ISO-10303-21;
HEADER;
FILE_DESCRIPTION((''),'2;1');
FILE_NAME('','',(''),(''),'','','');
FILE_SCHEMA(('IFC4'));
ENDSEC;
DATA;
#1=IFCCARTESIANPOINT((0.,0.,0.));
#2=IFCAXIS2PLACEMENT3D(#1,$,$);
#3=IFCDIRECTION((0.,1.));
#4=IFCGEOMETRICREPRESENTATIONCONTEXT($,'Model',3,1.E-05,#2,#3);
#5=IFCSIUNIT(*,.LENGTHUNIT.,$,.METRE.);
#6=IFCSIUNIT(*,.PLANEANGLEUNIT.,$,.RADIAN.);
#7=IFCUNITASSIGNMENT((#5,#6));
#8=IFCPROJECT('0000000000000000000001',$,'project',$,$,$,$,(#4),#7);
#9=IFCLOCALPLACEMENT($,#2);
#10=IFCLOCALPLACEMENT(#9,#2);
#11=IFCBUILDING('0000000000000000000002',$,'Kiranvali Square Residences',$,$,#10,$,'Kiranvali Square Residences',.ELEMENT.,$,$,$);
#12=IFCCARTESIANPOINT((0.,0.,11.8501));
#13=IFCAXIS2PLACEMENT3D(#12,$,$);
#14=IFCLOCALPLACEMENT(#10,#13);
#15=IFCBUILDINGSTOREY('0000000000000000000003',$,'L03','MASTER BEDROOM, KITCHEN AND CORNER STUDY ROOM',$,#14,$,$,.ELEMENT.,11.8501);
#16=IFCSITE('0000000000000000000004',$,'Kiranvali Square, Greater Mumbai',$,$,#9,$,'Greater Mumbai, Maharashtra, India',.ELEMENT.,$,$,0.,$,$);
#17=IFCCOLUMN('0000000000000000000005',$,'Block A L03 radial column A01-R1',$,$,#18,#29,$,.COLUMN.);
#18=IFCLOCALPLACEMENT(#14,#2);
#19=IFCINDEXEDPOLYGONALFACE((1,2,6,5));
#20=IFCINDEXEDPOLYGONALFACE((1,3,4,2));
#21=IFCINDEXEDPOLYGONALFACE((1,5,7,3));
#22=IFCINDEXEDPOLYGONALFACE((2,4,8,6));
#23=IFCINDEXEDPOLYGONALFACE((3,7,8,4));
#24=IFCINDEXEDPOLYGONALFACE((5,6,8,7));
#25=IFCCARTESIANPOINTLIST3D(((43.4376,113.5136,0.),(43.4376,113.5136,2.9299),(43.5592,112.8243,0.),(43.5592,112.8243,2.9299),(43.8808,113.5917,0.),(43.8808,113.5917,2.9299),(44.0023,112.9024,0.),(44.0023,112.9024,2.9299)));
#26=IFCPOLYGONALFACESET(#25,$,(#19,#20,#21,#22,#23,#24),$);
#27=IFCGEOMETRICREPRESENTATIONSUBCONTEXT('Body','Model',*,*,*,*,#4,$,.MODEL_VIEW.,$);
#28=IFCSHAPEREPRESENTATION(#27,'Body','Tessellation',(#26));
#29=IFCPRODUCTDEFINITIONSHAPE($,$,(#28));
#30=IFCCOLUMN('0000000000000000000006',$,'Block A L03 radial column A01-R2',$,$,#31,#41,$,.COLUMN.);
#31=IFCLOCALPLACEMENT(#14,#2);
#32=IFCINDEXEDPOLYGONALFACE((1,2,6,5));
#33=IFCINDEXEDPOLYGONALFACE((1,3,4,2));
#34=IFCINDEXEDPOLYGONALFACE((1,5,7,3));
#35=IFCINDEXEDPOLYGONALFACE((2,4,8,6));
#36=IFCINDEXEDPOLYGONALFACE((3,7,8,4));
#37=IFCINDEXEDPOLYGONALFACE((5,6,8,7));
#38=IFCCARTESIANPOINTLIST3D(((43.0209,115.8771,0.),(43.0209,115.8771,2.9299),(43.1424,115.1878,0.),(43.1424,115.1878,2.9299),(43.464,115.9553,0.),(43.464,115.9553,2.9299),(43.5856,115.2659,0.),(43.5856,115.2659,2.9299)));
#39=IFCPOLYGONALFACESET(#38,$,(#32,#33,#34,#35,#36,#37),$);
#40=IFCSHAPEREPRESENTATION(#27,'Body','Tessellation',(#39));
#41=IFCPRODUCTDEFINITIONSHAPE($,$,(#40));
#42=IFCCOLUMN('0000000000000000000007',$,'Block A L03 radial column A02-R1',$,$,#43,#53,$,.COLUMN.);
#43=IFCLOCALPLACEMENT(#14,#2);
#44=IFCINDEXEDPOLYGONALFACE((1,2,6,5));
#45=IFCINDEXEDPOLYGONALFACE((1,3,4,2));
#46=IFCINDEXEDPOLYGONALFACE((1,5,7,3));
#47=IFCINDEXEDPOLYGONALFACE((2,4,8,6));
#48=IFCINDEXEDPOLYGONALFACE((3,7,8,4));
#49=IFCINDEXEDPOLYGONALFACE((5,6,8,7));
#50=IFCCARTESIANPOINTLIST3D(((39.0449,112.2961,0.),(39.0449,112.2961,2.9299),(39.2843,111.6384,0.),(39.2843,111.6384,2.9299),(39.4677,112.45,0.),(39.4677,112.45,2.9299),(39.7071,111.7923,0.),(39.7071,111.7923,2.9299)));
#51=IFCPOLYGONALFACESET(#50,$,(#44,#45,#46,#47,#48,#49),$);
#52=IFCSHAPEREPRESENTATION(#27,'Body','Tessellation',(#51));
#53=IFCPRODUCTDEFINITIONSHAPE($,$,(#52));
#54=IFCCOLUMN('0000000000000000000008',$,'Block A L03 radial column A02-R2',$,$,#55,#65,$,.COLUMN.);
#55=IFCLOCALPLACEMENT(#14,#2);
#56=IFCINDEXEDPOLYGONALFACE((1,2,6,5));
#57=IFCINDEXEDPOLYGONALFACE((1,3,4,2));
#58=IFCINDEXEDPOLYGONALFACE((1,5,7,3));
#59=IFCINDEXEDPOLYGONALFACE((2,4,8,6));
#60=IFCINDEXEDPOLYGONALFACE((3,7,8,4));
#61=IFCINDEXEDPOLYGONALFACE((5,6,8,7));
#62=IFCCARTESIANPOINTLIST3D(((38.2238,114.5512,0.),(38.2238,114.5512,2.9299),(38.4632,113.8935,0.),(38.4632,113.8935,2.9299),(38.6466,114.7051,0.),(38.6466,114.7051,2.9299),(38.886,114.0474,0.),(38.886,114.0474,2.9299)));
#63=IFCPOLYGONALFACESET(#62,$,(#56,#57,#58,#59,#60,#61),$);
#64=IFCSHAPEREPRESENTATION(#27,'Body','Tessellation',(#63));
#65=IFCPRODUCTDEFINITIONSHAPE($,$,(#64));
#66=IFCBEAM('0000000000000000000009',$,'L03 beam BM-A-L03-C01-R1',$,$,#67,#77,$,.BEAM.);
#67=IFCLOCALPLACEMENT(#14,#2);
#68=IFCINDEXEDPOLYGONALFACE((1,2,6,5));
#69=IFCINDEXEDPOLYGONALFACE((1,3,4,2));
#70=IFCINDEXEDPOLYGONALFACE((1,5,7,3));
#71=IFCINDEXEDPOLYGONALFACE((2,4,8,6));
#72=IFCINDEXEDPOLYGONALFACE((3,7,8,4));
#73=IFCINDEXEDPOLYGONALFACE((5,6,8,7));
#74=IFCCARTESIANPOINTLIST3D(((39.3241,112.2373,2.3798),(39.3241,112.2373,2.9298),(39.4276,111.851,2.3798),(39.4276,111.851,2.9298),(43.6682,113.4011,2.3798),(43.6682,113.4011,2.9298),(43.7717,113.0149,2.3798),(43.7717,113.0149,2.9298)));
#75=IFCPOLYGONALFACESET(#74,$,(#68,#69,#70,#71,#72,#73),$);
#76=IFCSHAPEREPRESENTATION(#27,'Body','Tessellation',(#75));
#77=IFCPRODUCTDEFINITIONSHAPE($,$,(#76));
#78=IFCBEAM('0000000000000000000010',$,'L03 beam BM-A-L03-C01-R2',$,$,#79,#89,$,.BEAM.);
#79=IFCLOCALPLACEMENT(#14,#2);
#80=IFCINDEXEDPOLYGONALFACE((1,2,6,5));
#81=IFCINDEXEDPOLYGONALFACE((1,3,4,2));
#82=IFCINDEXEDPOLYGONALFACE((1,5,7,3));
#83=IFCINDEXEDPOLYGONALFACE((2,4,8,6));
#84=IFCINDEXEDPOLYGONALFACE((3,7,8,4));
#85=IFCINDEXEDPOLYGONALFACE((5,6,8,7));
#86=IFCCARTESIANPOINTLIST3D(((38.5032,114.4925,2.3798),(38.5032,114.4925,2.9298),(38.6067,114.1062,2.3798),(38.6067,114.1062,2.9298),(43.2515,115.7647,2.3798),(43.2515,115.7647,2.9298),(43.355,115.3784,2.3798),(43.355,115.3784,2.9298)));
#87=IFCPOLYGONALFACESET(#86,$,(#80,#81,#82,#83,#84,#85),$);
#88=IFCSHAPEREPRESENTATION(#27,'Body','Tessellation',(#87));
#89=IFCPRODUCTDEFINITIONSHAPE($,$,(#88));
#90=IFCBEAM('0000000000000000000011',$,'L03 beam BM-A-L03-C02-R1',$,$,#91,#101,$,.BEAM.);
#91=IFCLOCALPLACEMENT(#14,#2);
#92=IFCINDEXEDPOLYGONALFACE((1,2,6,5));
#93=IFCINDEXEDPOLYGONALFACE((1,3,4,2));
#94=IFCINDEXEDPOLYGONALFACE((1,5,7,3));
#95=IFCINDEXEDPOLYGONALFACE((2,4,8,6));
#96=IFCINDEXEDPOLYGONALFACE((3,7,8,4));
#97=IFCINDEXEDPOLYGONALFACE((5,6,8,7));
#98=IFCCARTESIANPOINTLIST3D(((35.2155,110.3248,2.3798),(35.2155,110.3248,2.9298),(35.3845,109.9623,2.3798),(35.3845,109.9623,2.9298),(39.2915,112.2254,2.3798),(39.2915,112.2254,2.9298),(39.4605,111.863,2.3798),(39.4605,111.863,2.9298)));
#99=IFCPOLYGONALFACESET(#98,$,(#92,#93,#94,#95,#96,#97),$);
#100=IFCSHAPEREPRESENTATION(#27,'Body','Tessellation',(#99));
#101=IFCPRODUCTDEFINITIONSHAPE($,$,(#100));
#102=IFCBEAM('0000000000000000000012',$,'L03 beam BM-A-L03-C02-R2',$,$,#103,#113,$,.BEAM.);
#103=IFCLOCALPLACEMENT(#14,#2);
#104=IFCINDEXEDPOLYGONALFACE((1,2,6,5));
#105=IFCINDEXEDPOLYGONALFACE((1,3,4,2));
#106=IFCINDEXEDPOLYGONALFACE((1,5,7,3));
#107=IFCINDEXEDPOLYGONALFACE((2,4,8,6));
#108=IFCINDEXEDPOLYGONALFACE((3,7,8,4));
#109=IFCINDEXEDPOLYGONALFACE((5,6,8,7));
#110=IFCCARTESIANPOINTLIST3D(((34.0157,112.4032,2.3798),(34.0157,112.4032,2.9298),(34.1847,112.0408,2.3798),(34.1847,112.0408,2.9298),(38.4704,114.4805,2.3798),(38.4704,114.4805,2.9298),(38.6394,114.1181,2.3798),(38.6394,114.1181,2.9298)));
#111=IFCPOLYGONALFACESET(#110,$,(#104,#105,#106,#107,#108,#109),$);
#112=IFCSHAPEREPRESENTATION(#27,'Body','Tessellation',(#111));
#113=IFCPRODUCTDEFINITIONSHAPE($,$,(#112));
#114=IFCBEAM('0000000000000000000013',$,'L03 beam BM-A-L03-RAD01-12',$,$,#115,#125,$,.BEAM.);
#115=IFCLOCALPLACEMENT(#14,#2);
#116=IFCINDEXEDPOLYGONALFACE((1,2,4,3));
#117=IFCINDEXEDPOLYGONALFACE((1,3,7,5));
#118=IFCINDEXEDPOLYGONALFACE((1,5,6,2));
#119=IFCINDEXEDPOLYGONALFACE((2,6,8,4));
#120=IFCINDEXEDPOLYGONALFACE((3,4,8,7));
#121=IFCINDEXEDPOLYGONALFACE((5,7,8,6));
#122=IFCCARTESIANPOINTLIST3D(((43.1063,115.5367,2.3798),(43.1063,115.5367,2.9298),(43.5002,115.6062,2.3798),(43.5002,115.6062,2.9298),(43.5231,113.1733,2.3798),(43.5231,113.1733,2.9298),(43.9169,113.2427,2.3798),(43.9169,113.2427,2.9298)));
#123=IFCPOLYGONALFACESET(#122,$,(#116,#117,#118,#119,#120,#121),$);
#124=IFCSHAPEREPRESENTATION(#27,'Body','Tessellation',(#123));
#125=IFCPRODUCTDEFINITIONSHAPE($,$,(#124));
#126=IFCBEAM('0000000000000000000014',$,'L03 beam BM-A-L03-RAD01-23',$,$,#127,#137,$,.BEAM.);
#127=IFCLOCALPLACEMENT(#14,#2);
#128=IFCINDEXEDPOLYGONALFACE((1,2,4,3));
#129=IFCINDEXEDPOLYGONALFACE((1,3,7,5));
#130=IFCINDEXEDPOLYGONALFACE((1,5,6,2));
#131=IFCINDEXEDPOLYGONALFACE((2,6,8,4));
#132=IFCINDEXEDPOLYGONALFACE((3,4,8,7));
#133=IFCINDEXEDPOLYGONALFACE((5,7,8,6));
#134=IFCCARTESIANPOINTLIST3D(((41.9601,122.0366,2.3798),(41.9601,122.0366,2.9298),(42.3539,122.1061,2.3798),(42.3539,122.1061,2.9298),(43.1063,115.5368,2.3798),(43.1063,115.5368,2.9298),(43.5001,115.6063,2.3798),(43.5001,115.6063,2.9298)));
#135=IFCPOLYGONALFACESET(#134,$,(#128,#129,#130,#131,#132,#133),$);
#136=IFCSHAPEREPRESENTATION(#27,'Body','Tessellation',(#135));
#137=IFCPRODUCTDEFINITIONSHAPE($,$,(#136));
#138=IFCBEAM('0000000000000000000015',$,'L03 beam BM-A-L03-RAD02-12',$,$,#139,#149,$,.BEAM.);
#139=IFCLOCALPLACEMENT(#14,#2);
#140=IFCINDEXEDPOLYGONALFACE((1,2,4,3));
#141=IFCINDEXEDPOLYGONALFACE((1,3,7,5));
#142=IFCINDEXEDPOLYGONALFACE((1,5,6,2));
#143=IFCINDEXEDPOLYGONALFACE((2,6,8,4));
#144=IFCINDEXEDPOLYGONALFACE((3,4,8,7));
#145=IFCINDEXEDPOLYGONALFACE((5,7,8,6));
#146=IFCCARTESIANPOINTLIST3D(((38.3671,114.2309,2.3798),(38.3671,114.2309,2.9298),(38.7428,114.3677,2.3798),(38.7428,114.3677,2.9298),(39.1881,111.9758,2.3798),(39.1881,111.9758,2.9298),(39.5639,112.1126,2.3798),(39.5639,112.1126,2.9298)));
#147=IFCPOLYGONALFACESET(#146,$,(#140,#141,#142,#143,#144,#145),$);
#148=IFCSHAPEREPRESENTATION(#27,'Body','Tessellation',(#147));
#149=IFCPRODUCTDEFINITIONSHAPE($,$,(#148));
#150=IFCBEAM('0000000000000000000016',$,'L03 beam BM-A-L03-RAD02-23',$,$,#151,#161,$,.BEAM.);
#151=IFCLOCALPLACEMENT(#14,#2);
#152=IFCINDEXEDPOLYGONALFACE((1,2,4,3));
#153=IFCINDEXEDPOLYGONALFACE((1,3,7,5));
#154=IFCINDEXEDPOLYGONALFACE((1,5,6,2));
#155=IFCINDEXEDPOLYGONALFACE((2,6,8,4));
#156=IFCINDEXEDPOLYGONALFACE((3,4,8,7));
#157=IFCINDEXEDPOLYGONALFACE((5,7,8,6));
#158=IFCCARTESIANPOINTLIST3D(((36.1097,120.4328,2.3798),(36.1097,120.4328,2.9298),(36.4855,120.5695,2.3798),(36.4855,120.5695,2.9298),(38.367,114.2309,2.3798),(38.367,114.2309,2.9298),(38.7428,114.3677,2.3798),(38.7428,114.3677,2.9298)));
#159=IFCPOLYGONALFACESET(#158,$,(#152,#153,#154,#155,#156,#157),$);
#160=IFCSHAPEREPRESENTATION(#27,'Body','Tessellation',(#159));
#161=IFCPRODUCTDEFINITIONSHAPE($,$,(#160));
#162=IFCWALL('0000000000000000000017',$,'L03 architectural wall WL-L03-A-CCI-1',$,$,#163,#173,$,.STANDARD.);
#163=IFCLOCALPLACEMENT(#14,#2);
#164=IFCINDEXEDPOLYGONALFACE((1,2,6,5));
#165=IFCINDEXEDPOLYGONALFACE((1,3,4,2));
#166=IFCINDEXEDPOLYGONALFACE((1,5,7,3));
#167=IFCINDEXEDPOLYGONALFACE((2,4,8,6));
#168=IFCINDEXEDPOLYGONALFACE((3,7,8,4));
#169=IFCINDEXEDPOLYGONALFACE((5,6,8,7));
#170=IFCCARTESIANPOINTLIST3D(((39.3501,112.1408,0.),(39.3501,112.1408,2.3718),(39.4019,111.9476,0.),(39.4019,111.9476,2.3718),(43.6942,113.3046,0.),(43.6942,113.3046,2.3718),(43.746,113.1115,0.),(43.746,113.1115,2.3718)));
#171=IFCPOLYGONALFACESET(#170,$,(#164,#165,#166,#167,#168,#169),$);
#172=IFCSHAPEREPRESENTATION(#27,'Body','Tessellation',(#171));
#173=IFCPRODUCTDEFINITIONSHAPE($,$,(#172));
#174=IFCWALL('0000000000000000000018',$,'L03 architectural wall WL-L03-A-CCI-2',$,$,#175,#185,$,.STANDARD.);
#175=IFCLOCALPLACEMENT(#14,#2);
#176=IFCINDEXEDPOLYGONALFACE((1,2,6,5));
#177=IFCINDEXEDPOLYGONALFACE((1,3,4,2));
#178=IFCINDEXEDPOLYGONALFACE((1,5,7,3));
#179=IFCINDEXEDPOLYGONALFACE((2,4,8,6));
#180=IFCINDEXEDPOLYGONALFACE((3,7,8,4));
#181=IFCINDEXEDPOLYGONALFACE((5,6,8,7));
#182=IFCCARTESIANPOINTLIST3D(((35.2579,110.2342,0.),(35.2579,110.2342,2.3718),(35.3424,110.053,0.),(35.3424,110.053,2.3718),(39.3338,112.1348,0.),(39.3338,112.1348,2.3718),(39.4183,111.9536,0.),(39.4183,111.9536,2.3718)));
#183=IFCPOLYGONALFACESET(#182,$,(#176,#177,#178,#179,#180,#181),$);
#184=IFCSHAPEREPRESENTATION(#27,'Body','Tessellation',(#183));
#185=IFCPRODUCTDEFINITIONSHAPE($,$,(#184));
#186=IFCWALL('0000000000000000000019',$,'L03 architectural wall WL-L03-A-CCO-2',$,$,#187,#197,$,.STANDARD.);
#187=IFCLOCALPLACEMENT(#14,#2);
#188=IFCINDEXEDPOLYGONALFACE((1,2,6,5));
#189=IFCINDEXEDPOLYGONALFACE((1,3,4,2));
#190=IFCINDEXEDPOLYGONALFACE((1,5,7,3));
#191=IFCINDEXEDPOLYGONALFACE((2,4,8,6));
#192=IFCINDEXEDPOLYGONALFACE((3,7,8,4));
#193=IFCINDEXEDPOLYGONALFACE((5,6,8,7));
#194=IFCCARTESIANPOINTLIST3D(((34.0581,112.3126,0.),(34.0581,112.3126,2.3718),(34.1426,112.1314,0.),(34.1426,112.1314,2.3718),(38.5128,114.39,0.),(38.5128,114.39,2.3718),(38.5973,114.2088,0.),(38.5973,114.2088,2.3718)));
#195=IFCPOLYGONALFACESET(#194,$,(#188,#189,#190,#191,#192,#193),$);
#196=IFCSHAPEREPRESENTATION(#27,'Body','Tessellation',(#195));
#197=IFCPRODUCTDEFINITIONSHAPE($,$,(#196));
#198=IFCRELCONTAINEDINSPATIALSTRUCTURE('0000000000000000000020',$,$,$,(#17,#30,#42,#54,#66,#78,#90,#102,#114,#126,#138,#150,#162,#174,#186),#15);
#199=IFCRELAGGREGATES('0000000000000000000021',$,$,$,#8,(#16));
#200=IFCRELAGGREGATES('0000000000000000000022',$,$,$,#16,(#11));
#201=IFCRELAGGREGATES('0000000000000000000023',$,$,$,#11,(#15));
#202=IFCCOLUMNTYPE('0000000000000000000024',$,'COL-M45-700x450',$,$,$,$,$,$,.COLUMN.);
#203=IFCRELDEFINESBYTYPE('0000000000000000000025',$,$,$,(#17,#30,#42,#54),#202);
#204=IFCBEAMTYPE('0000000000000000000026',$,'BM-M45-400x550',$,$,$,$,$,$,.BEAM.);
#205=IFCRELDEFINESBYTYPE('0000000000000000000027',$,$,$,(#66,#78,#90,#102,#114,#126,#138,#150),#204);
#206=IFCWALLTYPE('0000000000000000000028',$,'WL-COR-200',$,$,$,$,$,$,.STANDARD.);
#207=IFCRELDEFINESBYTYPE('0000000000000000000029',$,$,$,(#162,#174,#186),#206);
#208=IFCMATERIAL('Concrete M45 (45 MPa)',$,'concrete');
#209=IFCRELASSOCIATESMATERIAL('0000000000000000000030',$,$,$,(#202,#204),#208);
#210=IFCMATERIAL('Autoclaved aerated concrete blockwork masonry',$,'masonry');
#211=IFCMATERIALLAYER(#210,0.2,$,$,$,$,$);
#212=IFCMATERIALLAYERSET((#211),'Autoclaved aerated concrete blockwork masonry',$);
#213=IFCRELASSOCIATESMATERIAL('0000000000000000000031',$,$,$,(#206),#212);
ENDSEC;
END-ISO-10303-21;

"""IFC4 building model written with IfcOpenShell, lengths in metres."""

from ifc_helpers import new_model, si_unit, direction, frame, frame_2d, origin, origin_2d, place, context, subcontext, project, spatial, rectangle, extrude, material, layer, layer_set, material_profile, profile_set, type_object, element, save


model = new_model("IFC4")

# Units and contexts
model_context = context("Model", 3, precision=1e-05, world=origin(), true_north=direction((0.0, 1.0)))
body_context = subcontext(model_context, "Body", "Model", "MODEL_VIEW")
ifc_project = project(units=[si_unit("LENGTHUNIT", "METRE"), si_unit("PLANEANGLEUNIT", "RADIAN")], contexts=[model_context])

# Site, building, storey
site_placement = place(None, origin())
site = spatial("IfcSite", under=ifc_project, at=site_placement, Name="Kiranvali Square, Greater Mumbai", LongName="Greater Mumbai, Maharashtra, India", CompositionType="ELEMENT", RefElevation=0.0)
building_placement = place(site_placement, origin())
building = spatial("IfcBuilding", under=site, at=building_placement, Name="Kiranvali Square Residences", LongName="Kiranvali Square Residences", CompositionType="ELEMENT")
storey_placement = place(building_placement, frame((0.0, 0.0, 11.8501)))
storey = spatial("IfcBuildingStorey", under=building, at=storey_placement, Name="L03", Description="MASTER BEDROOM, KITCHEN AND CORNER STUDY ROOM", CompositionType="ELEMENT", Elevation=11.8501)

# Columns
ifc_material_1 = material(Name="Concrete M45 (45 MPa)", Category="concrete")
ifc_material_profile_1 = material_profile(ifc_material_1, rectangle(XDim=0.45, YDim=0.7, at=origin_2d()), Name="RC 700x450")
ifc_profile_set_1 = profile_set([ifc_material_profile_1], Name="Concrete M45 (45 MPa)")
column_type = type_object("IfcColumnType", Name="COL-M45-700x450", PredefinedType="COLUMN", material=ifc_profile_set_1)
for number, where, z_axis, x_axis, name in (
    (1, (43.72, 113.208, 0.0), (0.0, 0.0, 1.0), (0.984808, 0.173648, 0.0), "Block A L03 radial column A01-R1"),
    (2, (43.3032, 115.5715, 0.0), (0.0, 0.0, 1.0), (0.984808, 0.173648, 0.0), "Block A L03 radial column A01-R2"),
    (3, (39.376, 112.0442, 0.0), (0.0, 0.0, 1.0), (0.939693, 0.34202, 0.0), "Block A L03 radial column A02-R1"),
    (4, (38.5549, 114.2993, 0.0), (0.0, 0.0, 1.0), (0.939693, 0.34202, 0.0), "Block A L03 radial column A02-R2"),
):
    element("IfcColumn", number, at=place(storey_placement, frame(where, z_axis=z_axis, x_axis=x_axis)), inside=storey, type_object=column_type, Name=name, PredefinedType="COLUMN", context=body_context, shape_type="SweptSolid", body=[
        extrude(rectangle(XDim=0.45, YDim=0.7, at=origin_2d()), origin(), (0.0, 0.0, 1.0), 2.9299),
    ])

# Beams
ifc_material_profile_2 = material_profile(ifc_material_1, rectangle(XDim=0.3999, YDim=0.55, at=origin_2d()), Name="RC 400x550")
ifc_profile_set_2 = profile_set([ifc_material_profile_2], Name="Concrete M45 (45 MPa)")
beam_type = type_object("IfcBeamType", Name="BM-M45-400x550", PredefinedType="BEAM", material=ifc_profile_set_2)
beam_1_placement = place(storey_placement, frame((43.72, 113.208, 2.6548), z_axis=(-0.965934, -0.258788, 0.0), x_axis=(0.258788, -0.965934, 0.0)))
element("IfcBeam", 5, at=beam_1_placement, inside=storey, type_object=beam_type, Name="L03 beam BM-A-L03-C01-R1", PredefinedType="BEAM", context=body_context, shape_type="SweptSolid", body=[
    extrude(rectangle(XDim=0.3999, YDim=0.55, at=origin_2d()), origin(), (0.0, 0.0, 1.0), 4.4973),
])
beam_2_placement = place(storey_placement, frame((43.3032, 115.5715, 2.6548), z_axis=(-0.96593, -0.258803, 0.0), x_axis=(0.258803, -0.96593, 0.0)))
element("IfcBeam", 6, at=beam_2_placement, inside=storey, type_object=beam_type, Name="L03 beam BM-A-L03-C01-R2", PredefinedType="BEAM", context=body_context, shape_type="SweptSolid", body=[
    extrude(rectangle(XDim=0.3999, YDim=0.55, at=origin_2d()), origin(), (0.0, 0.0, 1.0), 4.9158),
])
beam_3_placement = place(storey_placement, frame((39.376, 112.0442, 2.6548), z_axis=(-0.906308, -0.422618, 0.0), x_axis=(0.422618, -0.906308, 0.0)))
element("IfcBeam", 7, at=beam_3_placement, inside=storey, type_object=beam_type, Name="L03 beam BM-A-L03-C02-R1", PredefinedType="BEAM", context=body_context, shape_type="SweptSolid", body=[
    extrude(rectangle(XDim=0.3999, YDim=0.55, at=origin_2d()), origin(), (0.0, 0.0, 1.0), 4.4973),
])
beam_4_placement = place(storey_placement, frame((38.5549, 114.2993, 2.6548), z_axis=(-0.906302, -0.42263, 0.0), x_axis=(0.42263, -0.906302, 0.0)))
element("IfcBeam", 8, at=beam_4_placement, inside=storey, type_object=beam_type, Name="L03 beam BM-A-L03-C02-R2", PredefinedType="BEAM", context=body_context, shape_type="SweptSolid", body=[
    extrude(rectangle(XDim=0.3999, YDim=0.55, at=origin_2d()), origin(), (0.0, 0.0, 1.0), 4.9153),
])
beam_5_placement = place(storey_placement, frame((43.72, 113.208, 2.6548), z_axis=(-0.173646, 0.984808, 0.0), x_axis=(-0.984808, -0.173646, 0.0)))
element("IfcBeam", 9, at=beam_5_placement, inside=storey, type_object=beam_type, Name="L03 beam BM-A-L03-RAD01-12", PredefinedType="BEAM", context=body_context, shape_type="SweptSolid", body=[
    extrude(rectangle(XDim=0.3999, YDim=0.55, at=origin_2d()), origin(), (0.0, 0.0, 1.0), 2.3999),
])
beam_6_placement = place(storey_placement, frame((43.3032, 115.5715, 2.6548), z_axis=(-0.173671, 0.984804, 0.0), x_axis=(-0.984804, -0.173671, 0.0)))
element("IfcBeam", 10, at=beam_6_placement, inside=storey, type_object=beam_type, Name="L03 beam BM-A-L03-RAD01-23", PredefinedType="BEAM", context=body_context, shape_type="SweptSolid", body=[
    extrude(rectangle(XDim=0.3999, YDim=0.55, at=origin_2d()), origin(), (0.0, 0.0, 1.0), 6.6001),
])
beam_7_placement = place(storey_placement, frame((39.376, 112.0442, 2.6548), z_axis=(-0.342111, 0.93966, 0.0), x_axis=(-0.93966, -0.342111, 0.0)))
element("IfcBeam", 11, at=beam_7_placement, inside=storey, type_object=beam_type, Name="L03 beam BM-A-L03-RAD02-12", PredefinedType="BEAM", context=body_context, shape_type="SweptSolid", body=[
    extrude(rectangle(XDim=0.3999, YDim=0.55, at=origin_2d()), origin(), (0.0, 0.0, 1.0), 2.3999),
])
beam_8_placement = place(storey_placement, frame((38.5549, 114.2993, 2.6548), z_axis=(-0.342022, 0.939692, 0.0), x_axis=(-0.939692, -0.342022, 0.0)))
element("IfcBeam", 12, at=beam_8_placement, inside=storey, type_object=beam_type, Name="L03 beam BM-A-L03-RAD02-23", PredefinedType="BEAM", context=body_context, shape_type="SweptSolid", body=[
    extrude(rectangle(XDim=0.3999, YDim=0.55, at=origin_2d()), origin(), (0.0, 0.0, 1.0), 6.5999),
])

# Wall
ifc_material_2 = material(Name="Autoclaved aerated concrete blockwork masonry", Category="masonry")
ifc_layer_1 = layer(ifc_material_2, 0.2)
ifc_layer_set_1 = layer_set([ifc_layer_1], Name="Autoclaved aerated concrete blockwork masonry")
wall_type_1 = type_object("IfcWallType", Name="WL-COR-200", PredefinedType="STANDARD", material=ifc_layer_set_1)
wall_1_placement = place(storey_placement, frame((43.72, 113.208, 0.0), z_axis=(0.0, 0.0, 1.0), x_axis=(-0.965934, -0.258788, 0.0)))
element("IfcWall", 13, at=wall_1_placement, inside=storey, type_object=wall_type_1, Name="L03 architectural wall WL-L03-A-CCI-1", PredefinedType="STANDARD", context=body_context, shape_type="SweptSolid", body=[
    extrude(rectangle(XDim=4.4973, YDim=0.2, at=frame_2d((2.2485, 0.0))), origin(), (0.0, 0.0, 1.0), 2.3718),
])

# Walls
wall_2_placement = place(storey_placement, frame((39.376, 112.0442, 0.0), z_axis=(0.0, 0.0, 1.0), x_axis=(-0.906308, -0.422618, 0.0)))
element("IfcWall", 14, at=wall_2_placement, inside=storey, type_object=wall_type_1, Name="L03 architectural wall WL-L03-A-CCI-2", PredefinedType="STANDARD", context=body_context, shape_type="SweptSolid", body=[
    extrude(rectangle(XDim=4.4973, YDim=0.2, at=frame_2d((2.2485, 0.0))), origin(), (0.0, 0.0, 1.0), 2.3718),
])
wall_3_placement = place(storey_placement, frame((38.5549, 114.2993, 0.0), z_axis=(0.0, 0.0, 1.0), x_axis=(-0.906302, -0.42263, 0.0)))
element("IfcWall", 15, at=wall_3_placement, inside=storey, type_object=wall_type_1, Name="L03 architectural wall WL-L03-A-CCO-2", PredefinedType="STANDARD", context=body_context, shape_type="SweptSolid", body=[
    extrude(rectangle(XDim=4.9153, YDim=0.2, at=frame_2d((2.4575, 0.0))), origin(), (0.0, 0.0, 1.0), 2.3718),
])

save(model, "model.ifc")
